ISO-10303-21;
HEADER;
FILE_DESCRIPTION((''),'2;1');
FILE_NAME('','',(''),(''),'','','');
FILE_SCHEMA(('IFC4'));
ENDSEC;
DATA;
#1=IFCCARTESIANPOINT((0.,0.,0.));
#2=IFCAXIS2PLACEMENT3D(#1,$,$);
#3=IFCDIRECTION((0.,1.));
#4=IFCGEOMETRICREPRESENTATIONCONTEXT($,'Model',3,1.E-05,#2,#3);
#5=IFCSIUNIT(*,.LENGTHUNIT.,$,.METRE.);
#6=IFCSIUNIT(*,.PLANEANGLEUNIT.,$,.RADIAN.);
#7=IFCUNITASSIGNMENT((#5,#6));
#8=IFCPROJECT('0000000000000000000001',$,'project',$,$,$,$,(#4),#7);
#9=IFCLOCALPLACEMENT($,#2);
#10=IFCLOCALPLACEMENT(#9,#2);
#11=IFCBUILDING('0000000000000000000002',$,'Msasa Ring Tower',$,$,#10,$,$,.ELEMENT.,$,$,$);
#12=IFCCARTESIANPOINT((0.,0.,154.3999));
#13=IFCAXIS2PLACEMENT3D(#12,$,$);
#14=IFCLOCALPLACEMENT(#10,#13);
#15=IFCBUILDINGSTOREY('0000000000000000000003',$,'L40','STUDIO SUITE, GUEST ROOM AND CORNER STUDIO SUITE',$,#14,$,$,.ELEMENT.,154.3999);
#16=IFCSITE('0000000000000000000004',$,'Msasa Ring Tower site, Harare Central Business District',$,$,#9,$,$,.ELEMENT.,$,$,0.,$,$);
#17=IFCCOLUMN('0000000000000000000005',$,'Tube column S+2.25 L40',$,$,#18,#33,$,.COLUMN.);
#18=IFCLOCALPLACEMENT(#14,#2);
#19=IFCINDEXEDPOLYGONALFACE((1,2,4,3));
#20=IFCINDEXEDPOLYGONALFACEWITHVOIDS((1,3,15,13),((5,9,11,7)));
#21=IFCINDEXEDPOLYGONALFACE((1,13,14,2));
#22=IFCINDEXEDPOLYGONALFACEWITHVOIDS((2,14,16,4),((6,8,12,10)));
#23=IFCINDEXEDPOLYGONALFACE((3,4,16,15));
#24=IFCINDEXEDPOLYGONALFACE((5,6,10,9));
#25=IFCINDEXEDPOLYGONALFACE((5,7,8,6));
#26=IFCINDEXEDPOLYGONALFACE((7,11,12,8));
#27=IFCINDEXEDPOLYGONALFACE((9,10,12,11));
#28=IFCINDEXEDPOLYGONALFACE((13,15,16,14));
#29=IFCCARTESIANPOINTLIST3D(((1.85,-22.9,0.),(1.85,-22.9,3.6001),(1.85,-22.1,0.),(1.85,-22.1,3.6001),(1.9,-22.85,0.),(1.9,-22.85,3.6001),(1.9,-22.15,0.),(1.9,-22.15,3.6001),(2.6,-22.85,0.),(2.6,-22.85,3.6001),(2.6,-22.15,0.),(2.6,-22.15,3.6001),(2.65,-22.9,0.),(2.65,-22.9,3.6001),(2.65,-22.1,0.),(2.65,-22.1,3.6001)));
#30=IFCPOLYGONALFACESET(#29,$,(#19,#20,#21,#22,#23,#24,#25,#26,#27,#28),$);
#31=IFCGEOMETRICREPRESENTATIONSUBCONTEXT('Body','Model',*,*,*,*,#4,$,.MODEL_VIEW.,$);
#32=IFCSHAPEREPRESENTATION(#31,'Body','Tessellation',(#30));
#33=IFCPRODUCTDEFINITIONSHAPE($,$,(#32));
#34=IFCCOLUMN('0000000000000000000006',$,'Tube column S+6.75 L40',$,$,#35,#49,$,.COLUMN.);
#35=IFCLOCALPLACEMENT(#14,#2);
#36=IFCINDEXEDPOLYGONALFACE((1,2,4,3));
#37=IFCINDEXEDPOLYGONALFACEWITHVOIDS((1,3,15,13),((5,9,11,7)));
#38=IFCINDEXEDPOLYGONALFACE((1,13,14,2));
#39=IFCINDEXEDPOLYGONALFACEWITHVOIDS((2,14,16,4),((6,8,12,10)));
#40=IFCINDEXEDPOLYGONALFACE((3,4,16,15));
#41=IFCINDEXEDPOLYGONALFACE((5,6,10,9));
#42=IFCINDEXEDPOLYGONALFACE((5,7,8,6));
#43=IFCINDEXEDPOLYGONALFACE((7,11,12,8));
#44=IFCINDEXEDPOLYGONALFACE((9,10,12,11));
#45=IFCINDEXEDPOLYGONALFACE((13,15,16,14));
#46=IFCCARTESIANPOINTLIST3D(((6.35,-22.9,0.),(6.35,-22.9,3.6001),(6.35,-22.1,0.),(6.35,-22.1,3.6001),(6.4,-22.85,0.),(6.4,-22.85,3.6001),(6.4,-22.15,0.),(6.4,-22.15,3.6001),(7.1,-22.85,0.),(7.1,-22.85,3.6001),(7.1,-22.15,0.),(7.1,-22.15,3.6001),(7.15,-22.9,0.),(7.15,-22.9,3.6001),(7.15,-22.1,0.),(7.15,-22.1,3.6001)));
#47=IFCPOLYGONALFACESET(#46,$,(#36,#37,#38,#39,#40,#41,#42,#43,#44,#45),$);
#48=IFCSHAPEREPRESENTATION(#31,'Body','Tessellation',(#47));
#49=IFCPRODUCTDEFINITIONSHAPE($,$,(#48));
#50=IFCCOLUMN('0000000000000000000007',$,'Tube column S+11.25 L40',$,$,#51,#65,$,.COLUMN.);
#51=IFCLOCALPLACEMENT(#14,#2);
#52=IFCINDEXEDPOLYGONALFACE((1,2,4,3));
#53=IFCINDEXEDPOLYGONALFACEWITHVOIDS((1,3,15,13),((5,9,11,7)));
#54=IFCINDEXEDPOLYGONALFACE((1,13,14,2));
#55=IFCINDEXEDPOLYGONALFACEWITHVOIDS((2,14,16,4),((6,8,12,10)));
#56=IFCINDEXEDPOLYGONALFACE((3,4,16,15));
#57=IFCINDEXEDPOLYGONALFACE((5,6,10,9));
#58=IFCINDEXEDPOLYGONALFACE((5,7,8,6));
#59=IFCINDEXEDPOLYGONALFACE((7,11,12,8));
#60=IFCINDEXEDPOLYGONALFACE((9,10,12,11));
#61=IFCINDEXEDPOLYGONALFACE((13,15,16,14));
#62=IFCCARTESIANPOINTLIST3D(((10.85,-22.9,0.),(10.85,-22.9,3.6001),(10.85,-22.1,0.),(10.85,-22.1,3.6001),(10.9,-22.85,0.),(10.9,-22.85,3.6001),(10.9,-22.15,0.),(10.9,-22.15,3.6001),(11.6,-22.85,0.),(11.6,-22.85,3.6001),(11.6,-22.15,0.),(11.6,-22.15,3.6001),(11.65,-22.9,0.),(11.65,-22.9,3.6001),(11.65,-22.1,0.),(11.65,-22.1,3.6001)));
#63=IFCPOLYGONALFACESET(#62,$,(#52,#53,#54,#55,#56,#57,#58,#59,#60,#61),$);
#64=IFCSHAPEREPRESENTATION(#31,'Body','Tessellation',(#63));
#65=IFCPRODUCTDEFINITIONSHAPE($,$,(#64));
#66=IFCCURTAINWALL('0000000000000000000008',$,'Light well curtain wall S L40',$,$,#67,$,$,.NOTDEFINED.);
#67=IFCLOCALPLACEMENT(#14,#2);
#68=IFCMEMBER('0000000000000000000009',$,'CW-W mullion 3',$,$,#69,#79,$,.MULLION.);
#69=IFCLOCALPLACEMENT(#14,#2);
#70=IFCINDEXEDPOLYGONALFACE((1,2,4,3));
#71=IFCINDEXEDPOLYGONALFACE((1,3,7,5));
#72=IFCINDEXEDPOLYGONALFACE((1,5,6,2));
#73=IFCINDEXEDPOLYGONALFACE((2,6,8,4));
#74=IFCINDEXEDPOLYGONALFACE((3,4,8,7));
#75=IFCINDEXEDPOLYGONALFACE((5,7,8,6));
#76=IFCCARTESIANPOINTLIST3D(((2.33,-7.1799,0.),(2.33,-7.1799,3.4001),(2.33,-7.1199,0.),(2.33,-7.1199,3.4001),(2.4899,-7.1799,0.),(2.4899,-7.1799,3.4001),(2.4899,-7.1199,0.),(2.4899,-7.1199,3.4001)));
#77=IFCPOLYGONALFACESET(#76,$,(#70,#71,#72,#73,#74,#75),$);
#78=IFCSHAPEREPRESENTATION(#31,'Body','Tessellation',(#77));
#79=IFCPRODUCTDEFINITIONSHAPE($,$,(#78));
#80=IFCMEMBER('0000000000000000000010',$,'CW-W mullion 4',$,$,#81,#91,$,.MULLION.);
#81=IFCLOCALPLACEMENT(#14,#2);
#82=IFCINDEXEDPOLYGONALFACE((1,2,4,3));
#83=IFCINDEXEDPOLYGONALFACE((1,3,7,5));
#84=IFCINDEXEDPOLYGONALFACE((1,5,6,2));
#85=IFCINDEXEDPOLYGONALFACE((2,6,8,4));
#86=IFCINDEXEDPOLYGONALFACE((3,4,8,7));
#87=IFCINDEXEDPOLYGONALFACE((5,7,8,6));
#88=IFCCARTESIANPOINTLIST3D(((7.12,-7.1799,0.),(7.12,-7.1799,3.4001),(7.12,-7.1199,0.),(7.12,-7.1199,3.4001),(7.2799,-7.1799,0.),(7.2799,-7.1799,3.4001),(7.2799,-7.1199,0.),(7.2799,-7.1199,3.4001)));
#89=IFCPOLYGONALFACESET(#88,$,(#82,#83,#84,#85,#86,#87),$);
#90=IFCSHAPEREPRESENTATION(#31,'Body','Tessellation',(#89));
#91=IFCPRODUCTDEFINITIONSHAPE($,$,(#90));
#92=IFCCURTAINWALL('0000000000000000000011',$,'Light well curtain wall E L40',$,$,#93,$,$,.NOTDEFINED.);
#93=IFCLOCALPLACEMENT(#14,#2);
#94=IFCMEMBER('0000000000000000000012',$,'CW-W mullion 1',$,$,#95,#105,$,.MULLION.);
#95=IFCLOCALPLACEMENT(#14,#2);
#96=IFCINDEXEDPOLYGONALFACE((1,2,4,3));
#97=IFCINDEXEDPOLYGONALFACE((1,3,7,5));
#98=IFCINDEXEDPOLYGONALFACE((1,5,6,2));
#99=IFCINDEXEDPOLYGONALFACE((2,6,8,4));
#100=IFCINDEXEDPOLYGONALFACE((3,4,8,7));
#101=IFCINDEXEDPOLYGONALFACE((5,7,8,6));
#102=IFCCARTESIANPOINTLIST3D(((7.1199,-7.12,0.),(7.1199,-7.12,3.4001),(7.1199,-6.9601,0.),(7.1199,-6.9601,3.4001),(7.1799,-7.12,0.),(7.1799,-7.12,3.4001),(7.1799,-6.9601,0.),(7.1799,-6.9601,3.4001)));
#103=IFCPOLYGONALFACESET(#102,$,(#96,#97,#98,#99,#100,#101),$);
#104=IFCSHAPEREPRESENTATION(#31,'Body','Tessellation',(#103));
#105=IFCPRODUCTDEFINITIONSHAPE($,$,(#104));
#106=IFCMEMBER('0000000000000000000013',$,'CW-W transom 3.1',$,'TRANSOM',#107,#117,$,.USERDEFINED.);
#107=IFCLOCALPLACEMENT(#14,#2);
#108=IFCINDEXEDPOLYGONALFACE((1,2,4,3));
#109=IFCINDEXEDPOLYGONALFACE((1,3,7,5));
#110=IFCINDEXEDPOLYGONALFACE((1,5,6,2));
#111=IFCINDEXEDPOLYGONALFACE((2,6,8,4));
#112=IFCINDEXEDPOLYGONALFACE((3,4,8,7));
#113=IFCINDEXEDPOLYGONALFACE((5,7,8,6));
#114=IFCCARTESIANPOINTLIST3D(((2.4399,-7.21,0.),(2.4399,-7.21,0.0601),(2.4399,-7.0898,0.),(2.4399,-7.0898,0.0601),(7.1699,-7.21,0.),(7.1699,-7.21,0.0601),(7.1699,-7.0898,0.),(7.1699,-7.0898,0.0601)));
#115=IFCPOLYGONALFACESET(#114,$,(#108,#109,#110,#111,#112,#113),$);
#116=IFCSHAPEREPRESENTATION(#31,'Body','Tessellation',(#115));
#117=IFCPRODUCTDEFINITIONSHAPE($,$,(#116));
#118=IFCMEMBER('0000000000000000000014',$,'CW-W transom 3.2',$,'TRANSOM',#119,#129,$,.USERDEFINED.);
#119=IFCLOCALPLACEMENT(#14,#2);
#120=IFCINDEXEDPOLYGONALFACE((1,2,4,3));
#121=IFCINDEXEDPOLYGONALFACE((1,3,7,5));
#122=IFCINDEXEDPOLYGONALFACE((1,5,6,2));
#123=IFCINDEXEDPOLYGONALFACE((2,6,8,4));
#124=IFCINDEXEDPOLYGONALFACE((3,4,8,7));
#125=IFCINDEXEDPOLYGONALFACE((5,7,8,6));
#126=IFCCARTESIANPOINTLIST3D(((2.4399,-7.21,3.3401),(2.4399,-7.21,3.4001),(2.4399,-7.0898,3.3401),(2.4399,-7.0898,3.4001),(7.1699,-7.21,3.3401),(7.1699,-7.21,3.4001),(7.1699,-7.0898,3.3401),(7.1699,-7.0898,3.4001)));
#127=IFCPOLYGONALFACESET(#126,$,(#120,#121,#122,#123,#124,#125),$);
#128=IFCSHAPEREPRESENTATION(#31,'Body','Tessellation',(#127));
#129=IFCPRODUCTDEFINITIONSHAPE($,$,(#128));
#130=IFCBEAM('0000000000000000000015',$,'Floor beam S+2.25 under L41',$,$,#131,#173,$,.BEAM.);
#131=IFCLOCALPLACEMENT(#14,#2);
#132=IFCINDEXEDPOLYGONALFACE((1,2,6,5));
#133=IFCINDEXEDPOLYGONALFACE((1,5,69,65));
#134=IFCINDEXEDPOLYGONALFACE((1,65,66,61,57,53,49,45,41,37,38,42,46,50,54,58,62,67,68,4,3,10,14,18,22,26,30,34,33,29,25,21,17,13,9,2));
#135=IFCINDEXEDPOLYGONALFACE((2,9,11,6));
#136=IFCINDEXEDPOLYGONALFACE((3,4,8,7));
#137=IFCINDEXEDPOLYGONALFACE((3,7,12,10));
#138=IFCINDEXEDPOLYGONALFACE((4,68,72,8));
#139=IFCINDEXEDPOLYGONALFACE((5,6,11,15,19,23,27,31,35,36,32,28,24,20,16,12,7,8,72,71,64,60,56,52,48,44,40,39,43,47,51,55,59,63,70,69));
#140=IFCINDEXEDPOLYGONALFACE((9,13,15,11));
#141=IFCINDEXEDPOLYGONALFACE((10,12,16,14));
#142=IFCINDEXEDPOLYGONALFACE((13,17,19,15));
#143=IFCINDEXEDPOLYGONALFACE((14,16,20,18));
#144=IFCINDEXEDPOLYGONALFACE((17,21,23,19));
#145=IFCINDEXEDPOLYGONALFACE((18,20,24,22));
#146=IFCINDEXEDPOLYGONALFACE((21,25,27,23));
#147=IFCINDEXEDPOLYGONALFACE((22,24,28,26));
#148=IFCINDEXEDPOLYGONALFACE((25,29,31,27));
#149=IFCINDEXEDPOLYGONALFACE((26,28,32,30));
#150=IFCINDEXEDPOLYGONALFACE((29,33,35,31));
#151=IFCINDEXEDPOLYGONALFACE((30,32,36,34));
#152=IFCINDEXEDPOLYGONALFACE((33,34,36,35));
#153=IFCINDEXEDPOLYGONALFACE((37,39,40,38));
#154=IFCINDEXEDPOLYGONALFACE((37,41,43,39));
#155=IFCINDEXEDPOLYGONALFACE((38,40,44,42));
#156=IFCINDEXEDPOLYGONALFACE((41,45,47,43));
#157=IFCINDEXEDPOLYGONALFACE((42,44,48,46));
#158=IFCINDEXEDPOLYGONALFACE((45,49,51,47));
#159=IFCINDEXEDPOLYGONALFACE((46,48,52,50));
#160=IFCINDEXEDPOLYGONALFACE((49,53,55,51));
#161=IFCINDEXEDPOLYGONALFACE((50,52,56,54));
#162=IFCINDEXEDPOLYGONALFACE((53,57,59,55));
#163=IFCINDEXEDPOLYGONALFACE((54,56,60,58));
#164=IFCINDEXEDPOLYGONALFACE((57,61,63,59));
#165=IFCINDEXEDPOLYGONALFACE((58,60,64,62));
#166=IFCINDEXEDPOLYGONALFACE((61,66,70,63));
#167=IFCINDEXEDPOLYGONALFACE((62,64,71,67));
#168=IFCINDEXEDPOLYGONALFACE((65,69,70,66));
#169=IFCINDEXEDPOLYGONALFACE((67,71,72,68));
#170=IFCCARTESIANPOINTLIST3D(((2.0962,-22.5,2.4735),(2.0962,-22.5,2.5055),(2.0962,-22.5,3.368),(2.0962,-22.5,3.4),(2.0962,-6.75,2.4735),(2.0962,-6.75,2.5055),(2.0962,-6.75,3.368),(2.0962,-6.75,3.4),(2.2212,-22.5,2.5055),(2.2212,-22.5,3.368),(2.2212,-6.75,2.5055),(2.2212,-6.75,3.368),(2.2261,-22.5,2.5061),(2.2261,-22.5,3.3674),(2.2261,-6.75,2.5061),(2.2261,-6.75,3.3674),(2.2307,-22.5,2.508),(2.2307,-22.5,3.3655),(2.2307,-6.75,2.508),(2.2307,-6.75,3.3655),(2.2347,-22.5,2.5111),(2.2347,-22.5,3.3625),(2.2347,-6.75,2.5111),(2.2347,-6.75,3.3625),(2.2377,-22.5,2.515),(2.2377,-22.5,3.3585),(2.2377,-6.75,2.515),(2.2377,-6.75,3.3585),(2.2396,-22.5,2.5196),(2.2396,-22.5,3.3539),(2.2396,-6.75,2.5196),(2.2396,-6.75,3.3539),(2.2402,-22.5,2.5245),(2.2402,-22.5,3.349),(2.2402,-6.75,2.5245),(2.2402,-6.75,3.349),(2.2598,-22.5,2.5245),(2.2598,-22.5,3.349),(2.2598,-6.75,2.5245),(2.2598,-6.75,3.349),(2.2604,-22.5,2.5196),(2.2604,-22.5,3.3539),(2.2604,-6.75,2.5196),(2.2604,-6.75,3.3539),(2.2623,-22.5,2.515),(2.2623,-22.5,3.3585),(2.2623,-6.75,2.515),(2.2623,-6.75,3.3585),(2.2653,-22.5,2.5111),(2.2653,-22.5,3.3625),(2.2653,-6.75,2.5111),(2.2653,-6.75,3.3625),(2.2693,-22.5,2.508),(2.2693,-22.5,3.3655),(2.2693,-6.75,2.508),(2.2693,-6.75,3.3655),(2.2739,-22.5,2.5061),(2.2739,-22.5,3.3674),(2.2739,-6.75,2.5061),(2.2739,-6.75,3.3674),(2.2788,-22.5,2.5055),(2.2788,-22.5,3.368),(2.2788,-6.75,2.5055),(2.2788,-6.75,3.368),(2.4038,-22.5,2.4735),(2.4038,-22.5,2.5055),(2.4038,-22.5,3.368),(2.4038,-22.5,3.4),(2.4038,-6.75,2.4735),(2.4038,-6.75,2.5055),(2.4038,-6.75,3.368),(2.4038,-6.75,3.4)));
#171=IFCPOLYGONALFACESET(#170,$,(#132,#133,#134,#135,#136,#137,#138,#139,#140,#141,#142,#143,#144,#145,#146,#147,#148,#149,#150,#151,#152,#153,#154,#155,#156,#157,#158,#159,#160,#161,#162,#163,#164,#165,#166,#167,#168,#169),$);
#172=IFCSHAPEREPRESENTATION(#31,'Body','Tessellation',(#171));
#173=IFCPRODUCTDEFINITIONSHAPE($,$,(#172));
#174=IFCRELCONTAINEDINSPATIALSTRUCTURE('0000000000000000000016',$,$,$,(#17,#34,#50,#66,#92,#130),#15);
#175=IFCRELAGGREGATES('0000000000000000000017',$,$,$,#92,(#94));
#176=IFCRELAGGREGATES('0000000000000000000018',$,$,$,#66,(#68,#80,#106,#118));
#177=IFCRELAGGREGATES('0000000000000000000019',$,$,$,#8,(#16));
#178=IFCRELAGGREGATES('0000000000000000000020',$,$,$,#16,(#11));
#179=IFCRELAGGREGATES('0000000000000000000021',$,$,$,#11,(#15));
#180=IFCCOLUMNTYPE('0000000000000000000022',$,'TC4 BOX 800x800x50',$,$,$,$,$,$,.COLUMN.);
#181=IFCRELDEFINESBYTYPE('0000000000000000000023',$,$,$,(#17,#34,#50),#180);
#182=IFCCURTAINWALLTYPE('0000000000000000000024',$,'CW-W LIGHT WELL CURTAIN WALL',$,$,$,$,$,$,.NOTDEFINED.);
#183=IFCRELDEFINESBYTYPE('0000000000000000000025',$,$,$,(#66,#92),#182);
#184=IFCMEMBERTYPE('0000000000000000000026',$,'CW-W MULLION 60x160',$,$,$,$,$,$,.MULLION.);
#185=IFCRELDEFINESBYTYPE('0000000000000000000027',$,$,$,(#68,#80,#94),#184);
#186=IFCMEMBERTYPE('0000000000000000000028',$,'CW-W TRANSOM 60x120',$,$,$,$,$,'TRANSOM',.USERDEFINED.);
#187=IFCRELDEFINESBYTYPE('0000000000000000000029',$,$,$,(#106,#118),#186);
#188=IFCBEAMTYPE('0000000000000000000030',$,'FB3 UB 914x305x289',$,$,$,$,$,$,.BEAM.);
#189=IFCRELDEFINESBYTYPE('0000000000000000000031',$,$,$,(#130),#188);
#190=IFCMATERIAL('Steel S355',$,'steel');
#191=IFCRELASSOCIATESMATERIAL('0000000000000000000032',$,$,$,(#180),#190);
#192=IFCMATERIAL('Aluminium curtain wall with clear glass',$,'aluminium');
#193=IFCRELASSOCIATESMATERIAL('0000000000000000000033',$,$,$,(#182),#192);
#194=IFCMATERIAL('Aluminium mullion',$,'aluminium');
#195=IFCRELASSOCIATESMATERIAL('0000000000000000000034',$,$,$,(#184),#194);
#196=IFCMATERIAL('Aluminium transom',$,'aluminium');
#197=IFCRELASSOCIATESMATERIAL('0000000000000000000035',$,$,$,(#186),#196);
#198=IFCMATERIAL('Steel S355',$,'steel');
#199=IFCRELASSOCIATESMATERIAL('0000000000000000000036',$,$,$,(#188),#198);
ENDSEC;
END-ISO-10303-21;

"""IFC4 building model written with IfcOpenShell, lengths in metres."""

from ifc_helpers import new_model, si_unit, direction, frame, origin, origin_2d, place, context, subcontext, project, spatial, rectangle, hollow_rectangle, i_section, extrude, material, material_profile, profile_set, type_object, element, aggregate, save


model = new_model("IFC4")

# Units and contexts
model_context = context("Model", 3, precision=1e-05, world=origin(), true_north=direction((0.0, 1.0)))
body_context = subcontext(model_context, "Body", "Model", "MODEL_VIEW")
ifc_project = project(units=[si_unit("LENGTHUNIT", "METRE"), si_unit("PLANEANGLEUNIT", "RADIAN")], contexts=[model_context])

# Site, building, storey
site_placement = place(None, origin())
site = spatial("IfcSite", under=ifc_project, at=site_placement, Name="Msasa Ring Tower site, Harare Central Business District", CompositionType="ELEMENT", RefElevation=0.0)
building_placement = place(site_placement, origin())
building = spatial("IfcBuilding", under=site, at=building_placement, Name="Msasa Ring Tower", CompositionType="ELEMENT")
storey_placement = place(building_placement, frame((0.0, 0.0, 154.3999)))
storey = spatial("IfcBuildingStorey", under=building, at=storey_placement, Name="L40", Description="STUDIO SUITE, GUEST ROOM AND CORNER STUDIO SUITE", CompositionType="ELEMENT", Elevation=154.3999)

# Columns
ifc_material_1 = material(Name="Steel S355", Category="steel")
ifc_material_profile_1 = material_profile(ifc_material_1, hollow_rectangle(XDim=0.8, YDim=0.8, WallThickness=0.05, at=origin_2d()), Name="BOX 800x800x50")
ifc_profile_set_1 = profile_set([ifc_material_profile_1], Name="Steel S355")
column_type = type_object("IfcColumnType", Name="TC4 BOX 800x800x50", PredefinedType="COLUMN", material=ifc_profile_set_1)
for number, where, z_axis, x_axis, name in (
    (1, (2.25, -22.5, 0.0), (0.0, 0.0, 1.0), (0.0, 1.0, 0.0), "Tube column S+2.25 L40"),
    (2, (6.75, -22.5, 0.0), (0.0, 0.0, 1.0), (0.0, 1.0, 0.0), "Tube column S+6.75 L40"),
    (3, (11.25, -22.5, 0.0), (0.0, 0.0, 1.0), (0.0, 1.0, 0.0), "Tube column S+11.25 L40"),
):
    element("IfcColumn", number, at=place(storey_placement, frame(where, z_axis=z_axis, x_axis=x_axis)), inside=storey, type_object=column_type, Name=name, PredefinedType="COLUMN", context=body_context, shape_type="SweptSolid", body=[
        extrude(hollow_rectangle(XDim=0.8, YDim=0.8, WallThickness=0.05, at=origin_2d()), origin(), (0.0, 0.0, 1.0), 3.6001),
    ])

# Curtain wall, members
ifc_material_2 = material(Name="Aluminium curtain wall with clear glass", Category="aluminium")
curtain_wall_type = type_object("IfcCurtainWallType", Name="CW-W LIGHT WELL CURTAIN WALL", PredefinedType="NOTDEFINED", material=ifc_material_2)
curtain_wall_1_placement = place(storey_placement, origin())
curtain_wall_1 = element("IfcCurtainWall", 4, at=curtain_wall_1_placement, inside=storey, type_object=curtain_wall_type, Name="Light well curtain wall S L40", PredefinedType="NOTDEFINED")
ifc_material_3 = material(Name="Aluminium mullion", Category="aluminium")
ifc_material_profile_2 = material_profile(ifc_material_3, rectangle(XDim=0.0601, YDim=0.1599, at=origin_2d()), Name="AL 60x160")
ifc_profile_set_2 = profile_set([ifc_material_profile_2], Name="Aluminium mullion")
member_type_1 = type_object("IfcMemberType", Name="CW-W MULLION 60x160", PredefinedType="MULLION", material=ifc_profile_set_2)
member_1_placement = place(storey_placement, frame((2.4099, -7.1499, 0.0), z_axis=(0.0, 0.0, 1.0), x_axis=(0.0, 1.0, 0.0)))
member_1 = element("IfcMember", 5, at=member_1_placement, type_object=member_type_1, Name="CW-W mullion 3", PredefinedType="MULLION", context=body_context, shape_type="SweptSolid", body=[
    extrude(rectangle(XDim=0.0601, YDim=0.1599, at=origin_2d()), origin(), (0.0, 0.0, 1.0), 3.4001),
])
member_2_placement = place(storey_placement, frame((7.2, -7.1499, 0.0), z_axis=(0.0, 0.0, 1.0), x_axis=(0.0, 1.0, 0.0)))
member_2 = element("IfcMember", 6, at=member_2_placement, type_object=member_type_1, Name="CW-W mullion 4", PredefinedType="MULLION", context=body_context, shape_type="SweptSolid", body=[
    extrude(rectangle(XDim=0.0601, YDim=0.1599, at=origin_2d()), origin(), (0.0, 0.0, 1.0), 3.4001),
])

# Curtain wall, member
curtain_wall_2_placement = place(storey_placement, origin())
curtain_wall_2 = element("IfcCurtainWall", 7, at=curtain_wall_2_placement, inside=storey, type_object=curtain_wall_type, Name="Light well curtain wall E L40", PredefinedType="NOTDEFINED")
member_3_placement = place(storey_placement, frame((7.1499, -7.04, 0.0), z_axis=(0.0, 0.0, 1.0), x_axis=(-1.0, 0.0, 0.0)))
member_3 = element("IfcMember", 8, at=member_3_placement, type_object=member_type_1, Name="CW-W mullion 1", PredefinedType="MULLION", context=body_context, shape_type="SweptSolid", body=[
    extrude(rectangle(XDim=0.0601, YDim=0.1599, at=origin_2d()), origin(), (0.0, 0.0, 1.0), 3.4001),
])
aggregate(curtain_wall_2, [member_3])

# Members
ifc_material_4 = material(Name="Aluminium transom", Category="aluminium")
ifc_material_profile_3 = material_profile(ifc_material_4, rectangle(XDim=0.1201, YDim=0.0601, at=origin_2d()), Name="AL 60x120")
ifc_profile_set_3 = profile_set([ifc_material_profile_3], Name="Aluminium transom")
member_type_2 = type_object("IfcMemberType", Name="CW-W TRANSOM 60x120", ElementType="TRANSOM", PredefinedType="USERDEFINED", material=ifc_profile_set_3)
member_4_placement = place(storey_placement, frame((2.4399, -7.1499, 0.03), z_axis=(1.0, 0.0, 0.0), x_axis=(0.0, 1.0, 0.0)))
member_4 = element("IfcMember", 9, at=member_4_placement, type_object=member_type_2, Name="CW-W transom 3.1", ObjectType="TRANSOM", PredefinedType="USERDEFINED", context=body_context, shape_type="SweptSolid", body=[
    extrude(rectangle(XDim=0.1201, YDim=0.0601, at=origin_2d()), origin(), (0.0, 0.0, 1.0), 4.73),
])
member_5_placement = place(storey_placement, frame((2.4399, -7.1499, 3.3701), z_axis=(1.0, 0.0, 0.0), x_axis=(0.0, 1.0, 0.0)))
member_5 = element("IfcMember", 10, at=member_5_placement, type_object=member_type_2, Name="CW-W transom 3.2", ObjectType="TRANSOM", PredefinedType="USERDEFINED", context=body_context, shape_type="SweptSolid", body=[
    extrude(rectangle(XDim=0.1201, YDim=0.0601, at=origin_2d()), origin(), (0.0, 0.0, 1.0), 4.73),
])

# Beam
ifc_material_5 = material(Name="Steel S355", Category="steel")
ifc_material_profile_4 = material_profile(ifc_material_5, i_section(OverallWidth=0.3076, OverallDepth=0.9265, WebThickness=0.0195, FlangeThickness=0.032, FilletRadius=0.019, at=origin_2d()), Name="UB 914x305x289")
ifc_profile_set_4 = profile_set([ifc_material_profile_4], Name="Steel S355")
beam_type_1 = type_object("IfcBeamType", Name="FB3 UB 914x305x289", PredefinedType="BEAM", material=ifc_profile_set_4)
for number, where, z_axis, x_axis, name in (
    (11, (2.25, -22.5, 2.9368), (0.0, 1.0, 0.0), (-1.0, 0.0, 0.0), "Floor beam S+2.25 under L41"),
):
    element("IfcBeam", number, at=place(storey_placement, frame(where, z_axis=z_axis, x_axis=x_axis)), inside=storey, type_object=beam_type_1, Name=name, PredefinedType="BEAM", context=body_context, shape_type="SweptSolid", body=[
        extrude(i_section(OverallWidth=0.3076, OverallDepth=0.9265, WebThickness=0.0195, FlangeThickness=0.032, FilletRadius=0.019, at=origin_2d()), origin(), (0.0, 0.0, 1.0), 15.75),
    ])

aggregate(curtain_wall_1, [member_1, member_2, member_4, member_5])

save(model, "model.ifc")
